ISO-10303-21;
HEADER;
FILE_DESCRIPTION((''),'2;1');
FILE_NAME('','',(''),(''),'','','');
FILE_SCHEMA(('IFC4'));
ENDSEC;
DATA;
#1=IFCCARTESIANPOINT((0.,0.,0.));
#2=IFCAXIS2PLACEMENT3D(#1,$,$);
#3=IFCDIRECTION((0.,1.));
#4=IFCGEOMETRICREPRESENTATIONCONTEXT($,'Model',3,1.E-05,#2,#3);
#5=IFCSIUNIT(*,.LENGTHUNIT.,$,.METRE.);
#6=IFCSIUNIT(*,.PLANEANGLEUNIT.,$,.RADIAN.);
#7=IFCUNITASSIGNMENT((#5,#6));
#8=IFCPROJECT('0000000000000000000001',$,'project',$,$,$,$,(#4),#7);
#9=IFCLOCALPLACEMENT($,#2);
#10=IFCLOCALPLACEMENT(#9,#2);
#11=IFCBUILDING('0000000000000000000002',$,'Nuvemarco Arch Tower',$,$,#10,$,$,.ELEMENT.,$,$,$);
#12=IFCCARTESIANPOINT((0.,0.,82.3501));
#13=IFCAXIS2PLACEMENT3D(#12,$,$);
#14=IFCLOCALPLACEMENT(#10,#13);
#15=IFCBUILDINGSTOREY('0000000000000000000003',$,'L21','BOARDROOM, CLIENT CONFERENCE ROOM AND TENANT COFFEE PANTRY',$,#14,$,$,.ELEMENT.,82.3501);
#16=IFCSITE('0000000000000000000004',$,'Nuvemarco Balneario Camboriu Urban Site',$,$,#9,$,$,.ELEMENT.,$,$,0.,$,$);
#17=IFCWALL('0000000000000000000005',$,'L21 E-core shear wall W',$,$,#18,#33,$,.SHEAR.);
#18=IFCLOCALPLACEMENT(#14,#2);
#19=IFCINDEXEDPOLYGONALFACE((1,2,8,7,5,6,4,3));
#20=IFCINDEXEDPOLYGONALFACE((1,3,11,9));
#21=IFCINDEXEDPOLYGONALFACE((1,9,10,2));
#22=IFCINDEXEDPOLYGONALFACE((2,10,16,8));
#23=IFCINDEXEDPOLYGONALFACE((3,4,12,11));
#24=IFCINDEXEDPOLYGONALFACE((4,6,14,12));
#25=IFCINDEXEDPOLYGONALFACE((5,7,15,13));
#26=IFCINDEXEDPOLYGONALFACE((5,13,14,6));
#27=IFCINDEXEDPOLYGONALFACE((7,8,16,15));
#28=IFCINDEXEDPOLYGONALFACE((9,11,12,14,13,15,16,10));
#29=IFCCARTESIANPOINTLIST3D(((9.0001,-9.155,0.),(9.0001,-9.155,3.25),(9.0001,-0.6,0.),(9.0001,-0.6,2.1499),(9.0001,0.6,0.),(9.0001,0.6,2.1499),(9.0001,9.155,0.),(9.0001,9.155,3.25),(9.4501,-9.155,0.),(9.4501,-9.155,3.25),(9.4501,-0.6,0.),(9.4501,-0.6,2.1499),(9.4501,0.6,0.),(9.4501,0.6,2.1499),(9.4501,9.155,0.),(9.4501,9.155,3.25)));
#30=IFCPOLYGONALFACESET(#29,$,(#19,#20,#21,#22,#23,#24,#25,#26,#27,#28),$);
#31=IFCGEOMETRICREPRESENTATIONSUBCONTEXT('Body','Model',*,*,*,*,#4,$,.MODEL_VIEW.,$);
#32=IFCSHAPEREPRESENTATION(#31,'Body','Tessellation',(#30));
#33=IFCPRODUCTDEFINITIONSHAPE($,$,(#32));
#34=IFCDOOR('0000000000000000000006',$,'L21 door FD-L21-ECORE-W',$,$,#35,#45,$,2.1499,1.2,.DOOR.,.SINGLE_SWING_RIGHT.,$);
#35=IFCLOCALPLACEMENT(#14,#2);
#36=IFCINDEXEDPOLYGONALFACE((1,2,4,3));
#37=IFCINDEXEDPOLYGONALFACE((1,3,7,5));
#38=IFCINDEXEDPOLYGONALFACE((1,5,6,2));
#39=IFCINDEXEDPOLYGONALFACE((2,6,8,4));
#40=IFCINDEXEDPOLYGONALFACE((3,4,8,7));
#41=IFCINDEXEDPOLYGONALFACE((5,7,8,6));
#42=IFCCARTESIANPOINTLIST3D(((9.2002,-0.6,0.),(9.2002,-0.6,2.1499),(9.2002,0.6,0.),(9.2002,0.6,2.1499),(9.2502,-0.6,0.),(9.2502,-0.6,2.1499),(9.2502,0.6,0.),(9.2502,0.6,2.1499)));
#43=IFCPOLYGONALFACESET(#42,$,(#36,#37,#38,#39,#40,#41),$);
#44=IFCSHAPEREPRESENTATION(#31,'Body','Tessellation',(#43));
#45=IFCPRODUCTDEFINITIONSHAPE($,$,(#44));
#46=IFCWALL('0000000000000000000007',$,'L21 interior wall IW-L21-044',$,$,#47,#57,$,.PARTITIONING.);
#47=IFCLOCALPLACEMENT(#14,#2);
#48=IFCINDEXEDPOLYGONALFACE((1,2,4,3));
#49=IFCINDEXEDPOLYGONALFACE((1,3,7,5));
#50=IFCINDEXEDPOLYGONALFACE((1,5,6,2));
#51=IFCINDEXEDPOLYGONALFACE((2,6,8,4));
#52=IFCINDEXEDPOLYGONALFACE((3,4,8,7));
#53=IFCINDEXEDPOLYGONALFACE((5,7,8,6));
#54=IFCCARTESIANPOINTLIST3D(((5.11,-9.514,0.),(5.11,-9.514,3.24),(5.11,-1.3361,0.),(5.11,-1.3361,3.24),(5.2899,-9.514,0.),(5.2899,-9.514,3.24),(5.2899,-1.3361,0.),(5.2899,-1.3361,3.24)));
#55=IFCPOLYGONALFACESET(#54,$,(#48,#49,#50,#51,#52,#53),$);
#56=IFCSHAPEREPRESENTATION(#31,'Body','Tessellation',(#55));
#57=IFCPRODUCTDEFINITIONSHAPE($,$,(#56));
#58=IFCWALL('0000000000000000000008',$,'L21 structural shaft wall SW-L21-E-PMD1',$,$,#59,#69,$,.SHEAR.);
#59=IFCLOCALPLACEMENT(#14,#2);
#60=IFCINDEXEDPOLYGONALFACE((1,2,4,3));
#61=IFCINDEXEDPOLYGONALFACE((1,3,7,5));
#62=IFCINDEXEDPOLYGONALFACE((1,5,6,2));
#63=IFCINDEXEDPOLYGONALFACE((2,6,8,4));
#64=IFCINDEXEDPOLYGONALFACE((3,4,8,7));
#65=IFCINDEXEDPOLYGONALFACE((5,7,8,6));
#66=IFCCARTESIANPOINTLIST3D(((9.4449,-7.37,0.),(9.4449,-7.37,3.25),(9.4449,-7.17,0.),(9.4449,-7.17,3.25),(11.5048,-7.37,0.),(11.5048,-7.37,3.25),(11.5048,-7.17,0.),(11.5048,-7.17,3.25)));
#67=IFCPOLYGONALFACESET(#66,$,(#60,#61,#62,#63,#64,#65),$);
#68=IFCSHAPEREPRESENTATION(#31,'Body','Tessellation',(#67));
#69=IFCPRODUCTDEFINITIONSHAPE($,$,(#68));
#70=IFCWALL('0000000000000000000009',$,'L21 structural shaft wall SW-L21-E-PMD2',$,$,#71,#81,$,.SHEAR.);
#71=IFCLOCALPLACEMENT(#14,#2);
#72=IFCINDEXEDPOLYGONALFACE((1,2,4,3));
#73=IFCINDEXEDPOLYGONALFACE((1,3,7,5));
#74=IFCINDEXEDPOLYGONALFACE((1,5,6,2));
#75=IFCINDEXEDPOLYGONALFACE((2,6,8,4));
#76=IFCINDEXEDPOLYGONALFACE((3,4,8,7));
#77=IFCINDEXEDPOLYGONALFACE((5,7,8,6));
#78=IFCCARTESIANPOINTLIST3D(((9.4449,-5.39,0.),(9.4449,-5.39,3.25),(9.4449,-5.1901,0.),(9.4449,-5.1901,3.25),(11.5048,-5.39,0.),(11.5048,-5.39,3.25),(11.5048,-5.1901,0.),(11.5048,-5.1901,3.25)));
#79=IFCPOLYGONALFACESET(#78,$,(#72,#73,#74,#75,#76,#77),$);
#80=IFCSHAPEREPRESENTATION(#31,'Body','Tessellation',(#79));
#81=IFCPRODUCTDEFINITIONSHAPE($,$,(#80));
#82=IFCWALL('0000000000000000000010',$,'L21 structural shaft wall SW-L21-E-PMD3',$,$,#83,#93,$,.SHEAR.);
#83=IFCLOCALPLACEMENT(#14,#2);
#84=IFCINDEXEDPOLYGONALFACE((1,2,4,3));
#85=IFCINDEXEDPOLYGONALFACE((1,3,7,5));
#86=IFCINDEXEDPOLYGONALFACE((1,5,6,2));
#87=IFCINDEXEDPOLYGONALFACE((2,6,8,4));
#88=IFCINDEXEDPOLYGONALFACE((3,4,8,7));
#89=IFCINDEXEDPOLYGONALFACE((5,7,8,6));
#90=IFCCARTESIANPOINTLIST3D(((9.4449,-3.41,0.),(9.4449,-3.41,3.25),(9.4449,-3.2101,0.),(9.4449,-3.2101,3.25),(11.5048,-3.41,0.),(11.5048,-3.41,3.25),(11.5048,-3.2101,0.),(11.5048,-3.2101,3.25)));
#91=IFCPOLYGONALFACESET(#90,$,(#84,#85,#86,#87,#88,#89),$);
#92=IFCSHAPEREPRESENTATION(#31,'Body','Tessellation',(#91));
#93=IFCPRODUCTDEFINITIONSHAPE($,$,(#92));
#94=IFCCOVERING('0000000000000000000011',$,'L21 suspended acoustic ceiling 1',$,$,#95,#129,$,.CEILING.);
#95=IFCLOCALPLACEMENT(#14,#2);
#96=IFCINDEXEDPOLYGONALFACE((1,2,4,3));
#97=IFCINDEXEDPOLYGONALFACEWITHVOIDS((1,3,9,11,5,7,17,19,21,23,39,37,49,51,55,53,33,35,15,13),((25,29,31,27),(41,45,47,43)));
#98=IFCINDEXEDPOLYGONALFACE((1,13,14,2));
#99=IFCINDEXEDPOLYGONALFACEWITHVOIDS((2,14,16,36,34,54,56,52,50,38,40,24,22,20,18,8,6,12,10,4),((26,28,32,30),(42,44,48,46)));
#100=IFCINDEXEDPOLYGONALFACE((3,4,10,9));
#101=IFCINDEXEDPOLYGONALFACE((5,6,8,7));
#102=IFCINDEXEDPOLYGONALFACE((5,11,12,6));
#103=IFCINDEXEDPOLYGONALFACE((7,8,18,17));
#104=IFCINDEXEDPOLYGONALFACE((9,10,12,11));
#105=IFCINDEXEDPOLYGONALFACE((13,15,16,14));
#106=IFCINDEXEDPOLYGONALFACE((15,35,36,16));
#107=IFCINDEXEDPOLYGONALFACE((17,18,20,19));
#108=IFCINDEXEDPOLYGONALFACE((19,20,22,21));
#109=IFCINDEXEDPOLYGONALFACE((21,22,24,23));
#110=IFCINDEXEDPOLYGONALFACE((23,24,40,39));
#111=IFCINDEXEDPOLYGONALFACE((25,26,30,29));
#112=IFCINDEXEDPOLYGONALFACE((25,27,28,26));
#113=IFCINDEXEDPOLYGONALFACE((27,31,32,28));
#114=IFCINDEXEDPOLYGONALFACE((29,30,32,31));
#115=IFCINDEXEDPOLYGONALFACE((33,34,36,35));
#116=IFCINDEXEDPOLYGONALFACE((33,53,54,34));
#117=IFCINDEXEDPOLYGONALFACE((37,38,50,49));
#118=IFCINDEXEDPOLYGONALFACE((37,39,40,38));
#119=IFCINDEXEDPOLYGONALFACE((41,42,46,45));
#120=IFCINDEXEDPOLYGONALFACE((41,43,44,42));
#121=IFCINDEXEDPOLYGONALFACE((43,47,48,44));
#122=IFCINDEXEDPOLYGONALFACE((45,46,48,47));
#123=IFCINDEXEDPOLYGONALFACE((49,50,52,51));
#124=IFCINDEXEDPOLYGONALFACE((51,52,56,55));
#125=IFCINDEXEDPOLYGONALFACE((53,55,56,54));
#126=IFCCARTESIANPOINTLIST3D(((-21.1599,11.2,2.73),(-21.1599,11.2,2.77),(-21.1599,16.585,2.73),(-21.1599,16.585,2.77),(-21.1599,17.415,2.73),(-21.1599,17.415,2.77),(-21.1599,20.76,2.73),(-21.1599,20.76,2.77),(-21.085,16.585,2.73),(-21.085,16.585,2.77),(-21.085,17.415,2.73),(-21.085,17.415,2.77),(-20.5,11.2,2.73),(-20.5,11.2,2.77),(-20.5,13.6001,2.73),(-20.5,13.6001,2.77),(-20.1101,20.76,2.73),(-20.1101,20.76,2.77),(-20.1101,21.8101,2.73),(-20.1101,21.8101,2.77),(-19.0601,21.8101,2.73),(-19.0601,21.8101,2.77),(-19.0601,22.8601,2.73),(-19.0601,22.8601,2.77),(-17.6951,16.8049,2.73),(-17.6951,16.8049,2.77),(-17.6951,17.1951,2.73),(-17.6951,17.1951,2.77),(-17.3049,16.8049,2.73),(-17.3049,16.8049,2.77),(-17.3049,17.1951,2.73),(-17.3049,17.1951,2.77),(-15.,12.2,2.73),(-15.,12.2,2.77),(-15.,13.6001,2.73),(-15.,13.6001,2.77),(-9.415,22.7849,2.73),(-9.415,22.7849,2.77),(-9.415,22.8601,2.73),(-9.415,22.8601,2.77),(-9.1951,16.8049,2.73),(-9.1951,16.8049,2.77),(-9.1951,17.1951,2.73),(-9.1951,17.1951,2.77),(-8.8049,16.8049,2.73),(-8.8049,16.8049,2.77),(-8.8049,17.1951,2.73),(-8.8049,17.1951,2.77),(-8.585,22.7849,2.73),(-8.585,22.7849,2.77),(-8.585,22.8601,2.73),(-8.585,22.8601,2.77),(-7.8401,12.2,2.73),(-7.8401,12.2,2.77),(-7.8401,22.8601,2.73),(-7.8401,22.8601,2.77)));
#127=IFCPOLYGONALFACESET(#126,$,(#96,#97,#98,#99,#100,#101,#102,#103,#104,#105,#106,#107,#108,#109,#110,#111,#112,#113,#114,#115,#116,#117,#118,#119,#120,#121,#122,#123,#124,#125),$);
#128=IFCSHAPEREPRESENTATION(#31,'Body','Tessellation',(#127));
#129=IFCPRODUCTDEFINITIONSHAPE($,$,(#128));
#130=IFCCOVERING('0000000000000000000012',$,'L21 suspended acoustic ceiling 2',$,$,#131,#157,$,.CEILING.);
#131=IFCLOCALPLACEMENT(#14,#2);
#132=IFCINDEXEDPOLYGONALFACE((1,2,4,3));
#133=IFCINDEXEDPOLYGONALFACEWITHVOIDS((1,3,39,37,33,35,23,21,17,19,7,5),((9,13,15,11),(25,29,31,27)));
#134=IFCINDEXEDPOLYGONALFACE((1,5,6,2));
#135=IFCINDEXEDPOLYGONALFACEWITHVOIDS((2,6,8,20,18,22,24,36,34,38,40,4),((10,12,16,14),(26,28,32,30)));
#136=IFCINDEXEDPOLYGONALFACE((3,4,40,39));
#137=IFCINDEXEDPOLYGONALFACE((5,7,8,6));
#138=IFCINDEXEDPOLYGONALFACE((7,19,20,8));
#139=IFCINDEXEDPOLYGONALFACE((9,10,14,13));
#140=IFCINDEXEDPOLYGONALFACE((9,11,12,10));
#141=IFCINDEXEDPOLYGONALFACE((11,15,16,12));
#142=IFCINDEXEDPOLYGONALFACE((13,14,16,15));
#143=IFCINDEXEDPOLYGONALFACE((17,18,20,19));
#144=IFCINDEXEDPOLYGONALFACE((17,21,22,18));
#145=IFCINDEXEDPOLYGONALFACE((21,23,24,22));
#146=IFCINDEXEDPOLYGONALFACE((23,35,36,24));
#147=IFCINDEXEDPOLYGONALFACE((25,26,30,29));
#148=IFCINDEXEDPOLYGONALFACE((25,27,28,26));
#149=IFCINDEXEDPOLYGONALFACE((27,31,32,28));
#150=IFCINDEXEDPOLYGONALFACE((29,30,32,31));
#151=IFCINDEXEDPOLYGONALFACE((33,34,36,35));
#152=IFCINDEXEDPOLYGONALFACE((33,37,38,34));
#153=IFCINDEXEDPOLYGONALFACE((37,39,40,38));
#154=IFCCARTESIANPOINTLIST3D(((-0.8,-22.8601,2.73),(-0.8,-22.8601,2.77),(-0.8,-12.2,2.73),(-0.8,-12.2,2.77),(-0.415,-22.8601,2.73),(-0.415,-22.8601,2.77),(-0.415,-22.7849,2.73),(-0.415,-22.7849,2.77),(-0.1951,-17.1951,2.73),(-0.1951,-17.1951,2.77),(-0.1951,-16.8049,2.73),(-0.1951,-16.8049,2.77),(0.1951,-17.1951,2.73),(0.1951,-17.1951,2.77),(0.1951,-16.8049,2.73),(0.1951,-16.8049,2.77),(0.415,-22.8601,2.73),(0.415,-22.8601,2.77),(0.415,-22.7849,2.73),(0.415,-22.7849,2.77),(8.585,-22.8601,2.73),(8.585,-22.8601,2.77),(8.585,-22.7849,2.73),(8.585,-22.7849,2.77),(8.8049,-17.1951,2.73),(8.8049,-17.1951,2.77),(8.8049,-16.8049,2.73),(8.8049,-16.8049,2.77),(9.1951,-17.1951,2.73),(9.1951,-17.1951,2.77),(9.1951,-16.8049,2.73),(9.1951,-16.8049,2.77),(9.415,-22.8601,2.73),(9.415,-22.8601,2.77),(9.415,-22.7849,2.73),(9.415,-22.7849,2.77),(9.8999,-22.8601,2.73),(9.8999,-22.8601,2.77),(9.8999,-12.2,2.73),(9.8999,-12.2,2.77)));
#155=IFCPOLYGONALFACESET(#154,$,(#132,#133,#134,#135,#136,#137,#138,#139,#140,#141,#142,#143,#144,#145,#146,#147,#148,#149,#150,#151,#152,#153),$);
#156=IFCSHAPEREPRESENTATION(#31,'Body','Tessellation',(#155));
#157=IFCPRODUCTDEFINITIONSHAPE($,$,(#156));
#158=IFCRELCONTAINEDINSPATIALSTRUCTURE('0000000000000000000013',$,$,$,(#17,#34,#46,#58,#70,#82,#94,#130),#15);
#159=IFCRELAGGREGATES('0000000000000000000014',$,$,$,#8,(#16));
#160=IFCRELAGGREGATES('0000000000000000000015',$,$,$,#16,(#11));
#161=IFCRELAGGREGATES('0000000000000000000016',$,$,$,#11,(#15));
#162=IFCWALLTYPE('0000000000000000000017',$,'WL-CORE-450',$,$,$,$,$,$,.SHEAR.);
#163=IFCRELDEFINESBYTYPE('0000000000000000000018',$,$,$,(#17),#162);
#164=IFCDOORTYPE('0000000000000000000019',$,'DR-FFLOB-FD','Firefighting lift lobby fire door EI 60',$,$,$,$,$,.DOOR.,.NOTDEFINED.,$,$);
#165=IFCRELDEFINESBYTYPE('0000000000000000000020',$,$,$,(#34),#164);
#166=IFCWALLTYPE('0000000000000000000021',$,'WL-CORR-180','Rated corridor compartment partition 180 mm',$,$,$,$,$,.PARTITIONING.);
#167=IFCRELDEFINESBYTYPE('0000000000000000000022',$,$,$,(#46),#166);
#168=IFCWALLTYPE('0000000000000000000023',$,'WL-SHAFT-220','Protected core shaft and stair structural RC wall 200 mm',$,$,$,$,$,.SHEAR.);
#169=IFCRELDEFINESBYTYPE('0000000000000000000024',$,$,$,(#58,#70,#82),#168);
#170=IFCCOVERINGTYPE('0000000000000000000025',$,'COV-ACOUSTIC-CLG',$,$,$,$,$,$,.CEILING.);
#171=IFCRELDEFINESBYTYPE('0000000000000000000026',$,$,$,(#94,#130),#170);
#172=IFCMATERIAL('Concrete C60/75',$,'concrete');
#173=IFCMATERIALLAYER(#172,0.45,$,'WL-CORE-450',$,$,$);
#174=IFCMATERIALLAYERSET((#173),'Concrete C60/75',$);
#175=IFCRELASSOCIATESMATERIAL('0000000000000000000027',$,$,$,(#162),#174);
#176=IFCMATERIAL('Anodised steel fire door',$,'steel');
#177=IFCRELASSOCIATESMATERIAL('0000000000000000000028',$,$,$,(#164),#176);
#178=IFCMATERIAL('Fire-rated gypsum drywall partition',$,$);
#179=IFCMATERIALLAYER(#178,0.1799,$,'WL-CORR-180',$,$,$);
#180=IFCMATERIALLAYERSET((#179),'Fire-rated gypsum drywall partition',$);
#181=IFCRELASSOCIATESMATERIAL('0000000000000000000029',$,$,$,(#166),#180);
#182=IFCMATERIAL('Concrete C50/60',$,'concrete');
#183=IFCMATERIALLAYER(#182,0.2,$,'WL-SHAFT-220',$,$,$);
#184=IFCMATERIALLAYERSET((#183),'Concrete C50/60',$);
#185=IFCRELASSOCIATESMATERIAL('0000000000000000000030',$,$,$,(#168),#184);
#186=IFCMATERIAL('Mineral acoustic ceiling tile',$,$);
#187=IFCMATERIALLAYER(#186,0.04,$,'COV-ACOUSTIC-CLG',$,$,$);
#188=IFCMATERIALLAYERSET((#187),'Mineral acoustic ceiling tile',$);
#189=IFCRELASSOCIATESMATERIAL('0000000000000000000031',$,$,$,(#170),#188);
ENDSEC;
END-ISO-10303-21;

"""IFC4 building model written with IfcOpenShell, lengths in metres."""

from ifc_helpers import new_model, si_unit, direction, frame, frame_2d, origin, place, context, subcontext, project, spatial, polyline, rectangle, outline, extrude, source, transform, mapped, material, layer, layer_set, type_object, type_shapes, element, fill, save


model = new_model("IFC4")

# Units and contexts
model_context = context("Model", 3, precision=1e-05, world=origin(), true_north=direction((0.0, 1.0)))
body_context = subcontext(model_context, "Body", "Model", "MODEL_VIEW")
ifc_project = project(units=[si_unit("LENGTHUNIT", "METRE"), si_unit("PLANEANGLEUNIT", "RADIAN")], contexts=[model_context])

# Site, building, storey
site_placement = place(None, origin())
site = spatial("IfcSite", under=ifc_project, at=site_placement, Name="Nuvemarco Balneario Camboriu Urban Site", CompositionType="ELEMENT", RefElevation=0.0)
building_placement = place(site_placement, origin())
building = spatial("IfcBuilding", under=site, at=building_placement, Name="Nuvemarco Arch Tower", CompositionType="ELEMENT")
storey_placement = place(building_placement, frame((0.0, 0.0, 82.3501)))
storey = spatial("IfcBuildingStorey", under=building, at=storey_placement, Name="L21", Description="BOARDROOM, CLIENT CONFERENCE ROOM AND TENANT COFFEE PANTRY", CompositionType="ELEMENT", Elevation=82.3501)

# Shared definitions
ifc_material_1 = material(Name="Concrete C60/75", Category="concrete")

# Shared definitions
ifc_material_2 = material(Name="Concrete C50/60", Category="concrete")

# Shared definitions
ifc_layer_1 = layer(ifc_material_1, 0.45, Name="WL-CORE-450")
ifc_layer_set_1 = layer_set([ifc_layer_1], Name="Concrete C60/75")
wall_type_1 = type_object("IfcWallType", Name="WL-CORE-450", PredefinedType="SHEAR", material=ifc_layer_set_1)

# Wall, opening, door
wall_1_placement = place(storey_placement, frame((9.2251, -9.155, 0.0), z_axis=(0.0, 0.0, 1.0), x_axis=(0.0, 1.0, 0.0)))
wall_1 = element("IfcWall", 1, at=wall_1_placement, inside=storey, type_object=wall_type_1, Name="L21 E-core shear wall W", PredefinedType="SHEAR", context=body_context, shape_type="SweptSolid", body=[
    extrude(rectangle(XDim=18.3101, YDim=0.45, at=frame_2d((9.155, 0.0))), origin(), (0.0, 0.0, 1.0), 3.25),
])
opening_placement = place(wall_1_placement, frame((8.5549, 0.0, 0.0)))
opening = element("IfcOpeningElement", 2, at=opening_placement, cuts=wall_1, PredefinedType="OPENING", context=body_context, shape_type="SweptSolid", body=[
    extrude(rectangle(XDim=1.2, YDim=2.1499, at=frame_2d((0.6001, 1.075))), frame((0.0, 0.2349, 0.0), z_axis=(0.0, -1.0, 0.0), x_axis=(1.0, 0.0, 0.0)), (0.0, 0.0, 1.0), 0.47),
])
ifc_material_3 = material(Name="Anodised steel fire door", Category="steel")
door_type = type_object("IfcDoorType", Name="DR-FFLOB-FD", Description="Firefighting lift lobby fire door EI 60", OperationType="NOTDEFINED", PredefinedType="DOOR", material=ifc_material_3)
shared_shape = source(origin(), body_context, "Body", "SweptSolid", [
    extrude(rectangle(XDim=1.2, YDim=2.1499, at=frame_2d((0.6001, 1.075))), frame((0.0, 0.0249, 0.0), z_axis=(0.0, -1.0, 0.0), x_axis=(1.0, 0.0, 0.0)), (0.0, 0.0, 1.0), 0.05),
])
type_shapes(door_type, [shared_shape])
door_placement = place(opening_placement, origin())
door = element("IfcDoor", 3, at=door_placement, inside=storey, type_object=door_type, Name="L21 door FD-L21-ECORE-W", OperationType="SINGLE_SWING_RIGHT", OverallHeight=2.1499, OverallWidth=1.2, PredefinedType="DOOR", context=body_context, shape_type="MappedRepresentation", body=[
    mapped(shared_shape, transform((0.0, 0.0, 0.0), scale=1.0)),
])
fill(opening, door)

# Walls
ifc_material_4 = material(Name="Fire-rated gypsum drywall partition")
ifc_layer_2 = layer(ifc_material_4, 0.1799, Name="WL-CORR-180")
ifc_layer_set_2 = layer_set([ifc_layer_2], Name="Fire-rated gypsum drywall partition")
wall_type_2 = type_object("IfcWallType", Name="WL-CORR-180", Description="Rated corridor compartment partition 180 mm", PredefinedType="PARTITIONING", material=ifc_layer_set_2)
wall_2_placement = place(storey_placement, frame((5.2, -9.5139, 0.0), z_axis=(0.0, 0.0, 1.0), x_axis=(0.0, 1.0, 0.0)))
element("IfcWall", 4, at=wall_2_placement, inside=storey, type_object=wall_type_2, Name="L21 interior wall IW-L21-044", PredefinedType="PARTITIONING", context=body_context, shape_type="SweptSolid", body=[
    extrude(rectangle(XDim=8.178, YDim=0.1799, at=frame_2d((4.0889, 0.0))), origin(), (0.0, 0.0, 1.0), 3.24),
])
ifc_layer_3 = layer(ifc_material_2, 0.2, Name="WL-SHAFT-220")
ifc_layer_set_3 = layer_set([ifc_layer_3], Name="Concrete C50/60")
wall_type_3 = type_object("IfcWallType", Name="WL-SHAFT-220", Description="Protected core shaft and stair structural RC wall 200 mm", PredefinedType="SHEAR", material=ifc_layer_set_3)
for number, where, z_axis, x_axis, name in (
    (5, (9.4451, -7.27, 0.0), (0.0, 0.0, 1.0), (1.0, 0.0, 0.0), "L21 structural shaft wall SW-L21-E-PMD1"),
    (6, (9.4451, -5.29, 0.0), (0.0, 0.0, 1.0), (1.0, 0.0, 0.0), "L21 structural shaft wall SW-L21-E-PMD2"),
    (7, (9.4451, -3.3101, 0.0), (0.0, 0.0, 1.0), (1.0, 0.0, 0.0), "L21 structural shaft wall SW-L21-E-PMD3"),
):
    element("IfcWall", number, at=place(storey_placement, frame(where, z_axis=z_axis, x_axis=x_axis)), inside=storey, type_object=wall_type_3, Name=name, PredefinedType="SHEAR", context=body_context, shape_type="SweptSolid", body=[
        extrude(rectangle(XDim=2.0598, YDim=0.2, at=frame_2d((1.0298, 0.0))), origin(), (0.0, 0.0, 1.0), 3.25),
    ])

# Coverings
ifc_material_5 = material(Name="Mineral acoustic ceiling tile")
ifc_layer_4 = layer(ifc_material_5, 0.04, Name="COV-ACOUSTIC-CLG")
ifc_layer_set_4 = layer_set([ifc_layer_4], Name="Mineral acoustic ceiling tile")
covering_type = type_object("IfcCoveringType", Name="COV-ACOUSTIC-CLG", PredefinedType="CEILING", material=ifc_layer_set_4)
covering_1_placement = place(storey_placement, frame((0.0, 0.0, 2.73)))
element("IfcCovering", 8, at=covering_1_placement, inside=storey, type_object=covering_type, Name="L21 suspended acoustic ceiling 1", PredefinedType="CEILING", context=body_context, shape_type="SweptSolid", body=[
    extrude(outline(polyline([(-21.1599, 11.2), (-21.1599, 16.585), (-21.085, 16.585), (-21.085, 17.415), (-21.1599, 17.415), (-21.1599, 20.76), (-20.1101, 20.76), (-20.1101, 21.8101), (-19.0601, 21.8101), (-19.0601, 22.8601), (-9.415, 22.8601), (-9.415, 22.7849), (-8.585, 22.7849), (-8.585, 22.8601), (-7.8401, 22.8601), (-7.8401, 12.2), (-15.0, 12.2), (-15.0, 13.6001), (-20.5, 13.6001), (-20.5, 11.2), (-21.1599, 11.2)]), holes=[polyline([(-17.3049, 16.8049), (-17.3049, 17.1951), (-17.6951, 17.1951), (-17.6951, 16.8049), (-17.3049, 16.8049)]), polyline([(-8.8049, 16.8049), (-8.8049, 17.1951), (-9.1951, 17.1951), (-9.1951, 16.8049), (-8.8049, 16.8049)])]), origin(), (0.0, 0.0, 1.0), 0.04),
])
covering_2_placement = place(storey_placement, frame((0.0, 0.0, 2.73)))
element("IfcCovering", 9, at=covering_2_placement, inside=storey, type_object=covering_type, Name="L21 suspended acoustic ceiling 2", PredefinedType="CEILING", context=body_context, shape_type="SweptSolid", body=[
    extrude(outline(polyline([(9.415, -22.8601), (9.415, -22.7849), (8.585, -22.7849), (8.585, -22.8601), (0.415, -22.8601), (0.415, -22.7849), (-0.415, -22.7849), (-0.415, -22.8601), (-0.8, -22.8601), (-0.8, -12.2), (9.8999, -12.2), (9.8999, -22.8601), (9.415, -22.8601)]), holes=[polyline([(0.1951, -17.1951), (0.1951, -16.8049), (-0.1951, -16.8049), (-0.1951, -17.1951), (0.1951, -17.1951)]), polyline([(9.1951, -17.1951), (9.1951, -16.8049), (8.8049, -16.8049), (8.8049, -17.1951), (9.1951, -17.1951)])]), origin(), (0.0, 0.0, 1.0), 0.04),
])

save(model, "model.ifc")
